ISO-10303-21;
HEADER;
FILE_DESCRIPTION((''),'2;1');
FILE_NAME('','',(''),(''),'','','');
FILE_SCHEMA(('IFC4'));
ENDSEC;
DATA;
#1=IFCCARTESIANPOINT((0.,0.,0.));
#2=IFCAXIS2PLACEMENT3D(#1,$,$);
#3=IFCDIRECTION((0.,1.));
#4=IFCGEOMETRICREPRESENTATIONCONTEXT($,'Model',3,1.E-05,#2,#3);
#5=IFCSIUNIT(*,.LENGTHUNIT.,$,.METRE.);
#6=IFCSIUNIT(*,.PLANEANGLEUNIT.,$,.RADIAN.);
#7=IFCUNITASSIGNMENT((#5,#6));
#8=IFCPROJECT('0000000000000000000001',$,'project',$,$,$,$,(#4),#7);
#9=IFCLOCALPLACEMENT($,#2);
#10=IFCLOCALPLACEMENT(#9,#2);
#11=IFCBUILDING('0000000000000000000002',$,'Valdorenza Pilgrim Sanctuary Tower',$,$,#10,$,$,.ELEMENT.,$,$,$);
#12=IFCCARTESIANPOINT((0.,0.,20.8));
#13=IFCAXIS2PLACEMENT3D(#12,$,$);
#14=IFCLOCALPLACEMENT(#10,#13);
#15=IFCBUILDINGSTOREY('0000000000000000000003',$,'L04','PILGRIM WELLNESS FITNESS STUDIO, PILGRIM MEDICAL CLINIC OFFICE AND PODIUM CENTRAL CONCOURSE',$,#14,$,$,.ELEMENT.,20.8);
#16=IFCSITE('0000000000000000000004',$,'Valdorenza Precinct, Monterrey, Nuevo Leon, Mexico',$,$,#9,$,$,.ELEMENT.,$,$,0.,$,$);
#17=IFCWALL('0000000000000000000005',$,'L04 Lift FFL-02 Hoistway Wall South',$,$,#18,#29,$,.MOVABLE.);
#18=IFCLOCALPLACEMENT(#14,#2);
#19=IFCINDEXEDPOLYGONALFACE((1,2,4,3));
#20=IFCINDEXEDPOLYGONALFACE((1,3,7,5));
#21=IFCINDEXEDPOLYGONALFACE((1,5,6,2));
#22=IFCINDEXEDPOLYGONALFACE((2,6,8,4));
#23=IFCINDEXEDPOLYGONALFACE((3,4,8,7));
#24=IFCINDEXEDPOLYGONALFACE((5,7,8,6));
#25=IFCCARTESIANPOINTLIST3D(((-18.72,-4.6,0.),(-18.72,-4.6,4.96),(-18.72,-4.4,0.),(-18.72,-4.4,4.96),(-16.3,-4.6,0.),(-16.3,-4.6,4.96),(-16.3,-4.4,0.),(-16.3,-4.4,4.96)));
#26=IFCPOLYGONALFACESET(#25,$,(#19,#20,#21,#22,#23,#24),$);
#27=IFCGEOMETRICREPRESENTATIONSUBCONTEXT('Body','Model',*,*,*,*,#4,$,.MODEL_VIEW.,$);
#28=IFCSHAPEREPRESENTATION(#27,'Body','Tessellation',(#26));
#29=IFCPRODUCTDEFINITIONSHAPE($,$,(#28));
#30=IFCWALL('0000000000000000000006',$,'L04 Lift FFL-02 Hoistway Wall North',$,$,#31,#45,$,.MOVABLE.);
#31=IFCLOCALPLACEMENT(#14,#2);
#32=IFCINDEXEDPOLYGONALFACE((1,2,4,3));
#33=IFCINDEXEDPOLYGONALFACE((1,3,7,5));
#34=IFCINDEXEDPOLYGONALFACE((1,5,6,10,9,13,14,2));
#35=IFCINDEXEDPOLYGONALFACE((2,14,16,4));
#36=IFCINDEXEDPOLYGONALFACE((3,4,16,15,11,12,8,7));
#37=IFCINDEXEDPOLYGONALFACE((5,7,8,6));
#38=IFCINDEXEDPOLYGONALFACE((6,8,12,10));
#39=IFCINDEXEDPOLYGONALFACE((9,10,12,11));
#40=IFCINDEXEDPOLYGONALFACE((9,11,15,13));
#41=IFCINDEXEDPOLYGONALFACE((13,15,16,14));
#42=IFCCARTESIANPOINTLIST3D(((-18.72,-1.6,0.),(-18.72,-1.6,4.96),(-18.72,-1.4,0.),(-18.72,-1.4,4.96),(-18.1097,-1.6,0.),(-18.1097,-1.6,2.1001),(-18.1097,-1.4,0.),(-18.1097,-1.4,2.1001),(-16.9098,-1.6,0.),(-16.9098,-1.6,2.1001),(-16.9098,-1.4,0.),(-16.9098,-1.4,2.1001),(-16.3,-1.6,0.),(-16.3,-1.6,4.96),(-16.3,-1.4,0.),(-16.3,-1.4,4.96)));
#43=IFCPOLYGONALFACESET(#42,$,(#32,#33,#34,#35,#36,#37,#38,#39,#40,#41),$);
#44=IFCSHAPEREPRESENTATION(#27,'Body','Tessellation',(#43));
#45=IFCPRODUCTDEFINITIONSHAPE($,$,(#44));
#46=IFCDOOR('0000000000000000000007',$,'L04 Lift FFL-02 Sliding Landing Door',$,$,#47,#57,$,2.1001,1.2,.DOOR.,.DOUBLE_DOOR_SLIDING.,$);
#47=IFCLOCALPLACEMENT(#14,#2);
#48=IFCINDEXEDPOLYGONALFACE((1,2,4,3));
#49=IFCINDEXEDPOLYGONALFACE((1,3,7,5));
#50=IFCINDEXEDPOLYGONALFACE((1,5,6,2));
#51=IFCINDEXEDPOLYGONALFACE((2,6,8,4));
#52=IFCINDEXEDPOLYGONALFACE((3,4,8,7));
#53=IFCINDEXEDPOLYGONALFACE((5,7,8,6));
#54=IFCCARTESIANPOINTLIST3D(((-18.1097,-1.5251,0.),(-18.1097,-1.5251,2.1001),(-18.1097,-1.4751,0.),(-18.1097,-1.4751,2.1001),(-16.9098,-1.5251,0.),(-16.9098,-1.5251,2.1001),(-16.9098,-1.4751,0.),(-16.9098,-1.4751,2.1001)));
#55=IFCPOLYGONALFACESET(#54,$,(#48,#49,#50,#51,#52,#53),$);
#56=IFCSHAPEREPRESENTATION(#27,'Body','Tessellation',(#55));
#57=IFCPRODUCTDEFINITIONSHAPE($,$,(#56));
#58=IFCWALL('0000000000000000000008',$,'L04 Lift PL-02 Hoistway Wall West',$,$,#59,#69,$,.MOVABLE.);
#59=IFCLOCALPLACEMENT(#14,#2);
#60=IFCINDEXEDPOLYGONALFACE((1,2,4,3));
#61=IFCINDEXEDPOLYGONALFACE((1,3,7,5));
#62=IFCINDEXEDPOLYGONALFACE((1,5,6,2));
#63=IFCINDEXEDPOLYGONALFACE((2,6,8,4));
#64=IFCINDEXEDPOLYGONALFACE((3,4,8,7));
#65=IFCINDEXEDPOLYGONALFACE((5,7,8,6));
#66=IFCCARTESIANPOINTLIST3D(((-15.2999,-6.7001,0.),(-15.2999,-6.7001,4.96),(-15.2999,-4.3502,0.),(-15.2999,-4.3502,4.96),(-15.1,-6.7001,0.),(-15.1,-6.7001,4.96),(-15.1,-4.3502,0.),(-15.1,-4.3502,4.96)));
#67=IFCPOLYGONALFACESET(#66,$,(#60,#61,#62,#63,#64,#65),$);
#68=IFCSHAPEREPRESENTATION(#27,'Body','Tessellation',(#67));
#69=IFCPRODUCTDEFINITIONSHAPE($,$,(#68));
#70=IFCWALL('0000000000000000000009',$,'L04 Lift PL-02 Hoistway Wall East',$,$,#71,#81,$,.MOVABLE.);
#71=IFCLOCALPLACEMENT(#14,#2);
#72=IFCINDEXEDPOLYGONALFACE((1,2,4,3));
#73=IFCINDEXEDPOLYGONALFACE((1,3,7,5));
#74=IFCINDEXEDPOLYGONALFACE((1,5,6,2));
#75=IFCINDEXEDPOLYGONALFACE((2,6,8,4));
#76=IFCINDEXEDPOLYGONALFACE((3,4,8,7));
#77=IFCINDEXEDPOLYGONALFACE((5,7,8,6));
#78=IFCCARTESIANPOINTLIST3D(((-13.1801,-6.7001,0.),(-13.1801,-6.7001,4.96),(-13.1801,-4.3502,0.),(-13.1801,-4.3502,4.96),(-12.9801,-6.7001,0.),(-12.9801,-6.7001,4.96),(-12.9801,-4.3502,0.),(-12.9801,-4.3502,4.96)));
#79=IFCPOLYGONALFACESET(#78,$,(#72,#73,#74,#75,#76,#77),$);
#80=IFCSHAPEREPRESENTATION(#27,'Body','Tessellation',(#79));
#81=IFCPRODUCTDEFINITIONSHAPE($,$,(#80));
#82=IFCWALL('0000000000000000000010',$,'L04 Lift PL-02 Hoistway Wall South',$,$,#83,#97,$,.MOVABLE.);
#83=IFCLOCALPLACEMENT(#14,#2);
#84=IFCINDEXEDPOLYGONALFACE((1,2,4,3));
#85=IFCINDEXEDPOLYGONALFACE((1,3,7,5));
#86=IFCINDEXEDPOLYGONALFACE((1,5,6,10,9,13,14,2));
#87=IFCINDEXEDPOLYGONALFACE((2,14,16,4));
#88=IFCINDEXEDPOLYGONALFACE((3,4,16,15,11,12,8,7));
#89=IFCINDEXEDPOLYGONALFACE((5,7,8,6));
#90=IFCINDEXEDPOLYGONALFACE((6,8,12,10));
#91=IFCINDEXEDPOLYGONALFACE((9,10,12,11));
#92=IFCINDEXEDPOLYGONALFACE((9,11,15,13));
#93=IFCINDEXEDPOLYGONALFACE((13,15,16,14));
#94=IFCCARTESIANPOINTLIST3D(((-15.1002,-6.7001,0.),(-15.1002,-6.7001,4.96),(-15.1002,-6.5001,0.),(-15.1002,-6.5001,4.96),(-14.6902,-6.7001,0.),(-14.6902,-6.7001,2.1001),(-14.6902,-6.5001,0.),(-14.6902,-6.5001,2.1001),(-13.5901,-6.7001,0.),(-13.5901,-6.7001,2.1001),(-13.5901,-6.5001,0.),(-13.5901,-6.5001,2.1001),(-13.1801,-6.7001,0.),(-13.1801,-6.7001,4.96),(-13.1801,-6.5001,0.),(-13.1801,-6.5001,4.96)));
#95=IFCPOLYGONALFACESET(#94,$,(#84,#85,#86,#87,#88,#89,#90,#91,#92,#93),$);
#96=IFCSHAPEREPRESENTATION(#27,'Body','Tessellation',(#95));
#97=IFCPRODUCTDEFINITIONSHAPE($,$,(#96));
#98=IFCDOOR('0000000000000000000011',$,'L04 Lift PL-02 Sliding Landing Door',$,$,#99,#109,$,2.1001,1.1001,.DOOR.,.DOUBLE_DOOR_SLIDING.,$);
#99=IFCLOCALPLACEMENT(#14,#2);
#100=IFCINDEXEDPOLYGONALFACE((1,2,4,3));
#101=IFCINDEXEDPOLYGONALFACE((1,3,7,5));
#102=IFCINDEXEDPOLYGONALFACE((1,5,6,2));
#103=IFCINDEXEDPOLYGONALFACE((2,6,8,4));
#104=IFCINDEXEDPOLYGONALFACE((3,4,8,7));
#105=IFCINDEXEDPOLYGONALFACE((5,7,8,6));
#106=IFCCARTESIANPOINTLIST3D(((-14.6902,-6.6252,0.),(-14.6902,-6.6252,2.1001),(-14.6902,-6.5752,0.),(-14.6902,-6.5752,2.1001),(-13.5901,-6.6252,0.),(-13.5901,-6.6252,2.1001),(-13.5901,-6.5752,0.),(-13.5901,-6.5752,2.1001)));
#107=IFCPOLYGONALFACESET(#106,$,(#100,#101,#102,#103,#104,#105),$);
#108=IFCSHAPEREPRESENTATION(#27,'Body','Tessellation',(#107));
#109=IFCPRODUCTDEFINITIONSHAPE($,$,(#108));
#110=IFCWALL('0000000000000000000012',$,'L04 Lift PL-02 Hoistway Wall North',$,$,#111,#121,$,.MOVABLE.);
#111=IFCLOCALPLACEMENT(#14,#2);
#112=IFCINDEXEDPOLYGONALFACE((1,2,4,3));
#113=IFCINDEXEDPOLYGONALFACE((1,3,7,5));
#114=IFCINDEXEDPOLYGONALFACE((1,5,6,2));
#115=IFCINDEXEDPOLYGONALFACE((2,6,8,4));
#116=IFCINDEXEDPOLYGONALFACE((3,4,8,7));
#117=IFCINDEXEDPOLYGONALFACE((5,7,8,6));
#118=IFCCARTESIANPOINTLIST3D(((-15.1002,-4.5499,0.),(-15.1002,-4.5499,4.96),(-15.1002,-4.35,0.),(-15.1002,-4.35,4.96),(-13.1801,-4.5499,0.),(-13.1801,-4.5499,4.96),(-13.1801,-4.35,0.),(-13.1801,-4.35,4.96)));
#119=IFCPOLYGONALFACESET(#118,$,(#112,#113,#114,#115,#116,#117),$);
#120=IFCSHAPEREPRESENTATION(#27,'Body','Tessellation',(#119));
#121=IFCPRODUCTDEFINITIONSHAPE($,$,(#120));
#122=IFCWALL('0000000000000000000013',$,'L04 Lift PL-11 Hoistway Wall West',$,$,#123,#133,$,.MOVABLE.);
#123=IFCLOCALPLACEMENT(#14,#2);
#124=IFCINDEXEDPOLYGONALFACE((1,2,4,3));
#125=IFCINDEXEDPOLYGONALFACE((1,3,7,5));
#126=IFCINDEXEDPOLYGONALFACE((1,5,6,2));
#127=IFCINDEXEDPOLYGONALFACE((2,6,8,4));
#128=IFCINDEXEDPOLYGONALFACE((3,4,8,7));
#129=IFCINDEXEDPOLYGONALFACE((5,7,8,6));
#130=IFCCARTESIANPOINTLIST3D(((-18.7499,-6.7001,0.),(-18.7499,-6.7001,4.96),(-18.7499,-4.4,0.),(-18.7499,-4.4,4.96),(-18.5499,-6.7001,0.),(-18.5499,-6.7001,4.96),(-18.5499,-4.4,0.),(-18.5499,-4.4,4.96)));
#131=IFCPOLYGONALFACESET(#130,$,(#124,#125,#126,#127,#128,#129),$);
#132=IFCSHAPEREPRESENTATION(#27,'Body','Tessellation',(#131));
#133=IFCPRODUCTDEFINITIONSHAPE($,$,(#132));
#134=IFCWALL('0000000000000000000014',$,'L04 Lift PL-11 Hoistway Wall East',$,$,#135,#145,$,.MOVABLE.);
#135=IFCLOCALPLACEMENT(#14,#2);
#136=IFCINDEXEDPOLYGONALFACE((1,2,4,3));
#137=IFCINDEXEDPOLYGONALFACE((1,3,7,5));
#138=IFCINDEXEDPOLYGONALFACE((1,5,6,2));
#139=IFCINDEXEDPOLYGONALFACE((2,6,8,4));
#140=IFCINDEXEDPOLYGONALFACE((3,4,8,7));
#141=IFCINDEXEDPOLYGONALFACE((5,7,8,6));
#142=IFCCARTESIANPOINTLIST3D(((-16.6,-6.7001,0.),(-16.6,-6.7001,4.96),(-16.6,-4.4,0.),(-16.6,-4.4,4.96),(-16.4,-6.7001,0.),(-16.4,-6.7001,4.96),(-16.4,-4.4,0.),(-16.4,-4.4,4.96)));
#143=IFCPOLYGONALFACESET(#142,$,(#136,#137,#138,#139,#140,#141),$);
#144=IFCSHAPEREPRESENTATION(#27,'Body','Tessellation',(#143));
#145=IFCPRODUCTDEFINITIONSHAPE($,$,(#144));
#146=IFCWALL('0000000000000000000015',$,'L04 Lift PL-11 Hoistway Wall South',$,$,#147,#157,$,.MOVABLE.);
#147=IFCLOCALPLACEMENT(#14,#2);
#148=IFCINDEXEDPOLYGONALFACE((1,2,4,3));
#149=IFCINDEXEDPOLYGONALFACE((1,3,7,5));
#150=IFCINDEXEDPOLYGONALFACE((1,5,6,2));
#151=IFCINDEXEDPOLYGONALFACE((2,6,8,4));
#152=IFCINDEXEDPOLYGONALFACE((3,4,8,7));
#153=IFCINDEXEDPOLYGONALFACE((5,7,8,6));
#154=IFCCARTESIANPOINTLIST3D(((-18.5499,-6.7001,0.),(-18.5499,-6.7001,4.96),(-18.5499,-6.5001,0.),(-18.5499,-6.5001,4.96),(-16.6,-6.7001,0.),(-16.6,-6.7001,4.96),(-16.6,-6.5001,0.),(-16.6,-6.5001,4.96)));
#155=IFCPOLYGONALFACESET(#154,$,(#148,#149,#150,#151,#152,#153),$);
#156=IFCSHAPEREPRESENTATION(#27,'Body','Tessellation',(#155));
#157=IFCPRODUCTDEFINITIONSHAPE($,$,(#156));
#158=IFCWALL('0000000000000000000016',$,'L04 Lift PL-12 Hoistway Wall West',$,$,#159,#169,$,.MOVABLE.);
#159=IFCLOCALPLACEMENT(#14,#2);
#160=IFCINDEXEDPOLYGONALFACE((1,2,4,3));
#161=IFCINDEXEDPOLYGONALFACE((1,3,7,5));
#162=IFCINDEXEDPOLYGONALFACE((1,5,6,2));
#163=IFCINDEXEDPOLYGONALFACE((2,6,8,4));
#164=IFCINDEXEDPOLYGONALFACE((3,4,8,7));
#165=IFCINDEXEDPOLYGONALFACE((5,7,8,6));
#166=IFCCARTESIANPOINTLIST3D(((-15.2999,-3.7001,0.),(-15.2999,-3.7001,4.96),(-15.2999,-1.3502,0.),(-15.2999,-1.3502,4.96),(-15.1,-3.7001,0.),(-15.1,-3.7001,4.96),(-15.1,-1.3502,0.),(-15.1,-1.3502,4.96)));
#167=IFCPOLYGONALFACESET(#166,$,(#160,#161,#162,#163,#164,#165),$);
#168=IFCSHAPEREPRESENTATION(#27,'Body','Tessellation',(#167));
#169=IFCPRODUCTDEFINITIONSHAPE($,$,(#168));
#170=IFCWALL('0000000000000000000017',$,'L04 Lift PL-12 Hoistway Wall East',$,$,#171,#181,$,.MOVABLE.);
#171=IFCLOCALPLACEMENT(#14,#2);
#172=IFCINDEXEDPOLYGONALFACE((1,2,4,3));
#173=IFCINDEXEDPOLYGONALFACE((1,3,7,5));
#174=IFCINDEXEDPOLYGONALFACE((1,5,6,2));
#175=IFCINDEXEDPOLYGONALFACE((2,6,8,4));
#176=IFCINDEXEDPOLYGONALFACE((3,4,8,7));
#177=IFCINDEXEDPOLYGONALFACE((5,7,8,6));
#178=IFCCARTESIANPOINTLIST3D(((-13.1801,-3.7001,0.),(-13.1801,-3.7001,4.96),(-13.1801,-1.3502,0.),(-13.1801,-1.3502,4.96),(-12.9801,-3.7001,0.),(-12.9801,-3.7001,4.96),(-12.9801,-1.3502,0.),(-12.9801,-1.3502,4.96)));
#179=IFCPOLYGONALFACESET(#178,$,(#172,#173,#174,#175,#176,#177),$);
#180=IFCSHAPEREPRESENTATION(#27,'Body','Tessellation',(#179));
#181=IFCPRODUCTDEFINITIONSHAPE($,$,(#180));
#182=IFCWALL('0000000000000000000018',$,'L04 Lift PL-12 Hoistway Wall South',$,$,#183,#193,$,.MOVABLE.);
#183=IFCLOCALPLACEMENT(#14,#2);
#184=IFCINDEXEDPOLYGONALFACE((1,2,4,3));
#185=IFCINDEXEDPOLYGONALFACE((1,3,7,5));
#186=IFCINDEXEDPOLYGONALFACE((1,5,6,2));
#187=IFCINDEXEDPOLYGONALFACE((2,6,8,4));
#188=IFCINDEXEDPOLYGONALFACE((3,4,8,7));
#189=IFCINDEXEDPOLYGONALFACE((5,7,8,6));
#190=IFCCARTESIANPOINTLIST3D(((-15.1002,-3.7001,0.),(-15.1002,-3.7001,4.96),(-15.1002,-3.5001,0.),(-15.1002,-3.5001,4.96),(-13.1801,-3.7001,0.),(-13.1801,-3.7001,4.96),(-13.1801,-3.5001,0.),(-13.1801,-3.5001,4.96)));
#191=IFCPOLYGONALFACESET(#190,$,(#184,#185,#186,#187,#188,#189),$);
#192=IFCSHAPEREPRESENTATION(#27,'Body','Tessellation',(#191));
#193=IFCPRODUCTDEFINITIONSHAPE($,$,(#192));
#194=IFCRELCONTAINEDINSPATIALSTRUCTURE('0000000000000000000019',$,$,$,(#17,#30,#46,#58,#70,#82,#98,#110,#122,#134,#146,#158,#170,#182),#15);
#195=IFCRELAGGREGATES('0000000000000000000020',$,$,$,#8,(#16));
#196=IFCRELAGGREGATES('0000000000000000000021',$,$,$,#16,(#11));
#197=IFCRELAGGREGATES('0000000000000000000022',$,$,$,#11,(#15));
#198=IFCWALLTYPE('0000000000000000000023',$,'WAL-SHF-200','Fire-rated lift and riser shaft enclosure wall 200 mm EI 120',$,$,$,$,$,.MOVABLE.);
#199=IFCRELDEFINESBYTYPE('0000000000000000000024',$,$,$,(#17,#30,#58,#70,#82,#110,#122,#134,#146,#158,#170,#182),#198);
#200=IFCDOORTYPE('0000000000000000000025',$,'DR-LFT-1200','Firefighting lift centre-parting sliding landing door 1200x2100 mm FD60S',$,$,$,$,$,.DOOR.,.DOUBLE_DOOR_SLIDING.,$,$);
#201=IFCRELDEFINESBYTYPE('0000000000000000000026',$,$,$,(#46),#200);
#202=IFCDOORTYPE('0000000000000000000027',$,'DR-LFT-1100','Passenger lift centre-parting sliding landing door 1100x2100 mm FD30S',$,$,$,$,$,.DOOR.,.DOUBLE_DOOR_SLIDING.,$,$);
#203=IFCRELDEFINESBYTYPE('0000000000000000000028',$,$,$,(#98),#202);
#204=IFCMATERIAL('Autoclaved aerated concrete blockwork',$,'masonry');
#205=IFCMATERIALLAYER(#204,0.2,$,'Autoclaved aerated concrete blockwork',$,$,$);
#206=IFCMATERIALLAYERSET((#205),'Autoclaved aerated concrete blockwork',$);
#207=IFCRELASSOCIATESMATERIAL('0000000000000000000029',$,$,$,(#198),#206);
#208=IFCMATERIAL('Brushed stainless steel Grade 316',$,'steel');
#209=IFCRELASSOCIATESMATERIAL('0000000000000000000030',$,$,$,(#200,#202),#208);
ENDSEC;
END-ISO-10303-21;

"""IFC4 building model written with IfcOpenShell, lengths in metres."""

from ifc_helpers import new_model, si_unit, direction, frame, frame_2d, origin, place, context, subcontext, project, spatial, rectangle, extrude, material, layer, layer_set, type_object, element, fill, save


model = new_model("IFC4")

# Units and contexts
model_context = context("Model", 3, precision=1e-05, world=origin(), true_north=direction((0.0, 1.0)))
body_context = subcontext(model_context, "Body", "Model", "MODEL_VIEW")
ifc_project = project(units=[si_unit("LENGTHUNIT", "METRE"), si_unit("PLANEANGLEUNIT", "RADIAN")], contexts=[model_context])

# Site, building, storey
site_placement = place(None, origin())
site = spatial("IfcSite", under=ifc_project, at=site_placement, Name="Valdorenza Precinct, Monterrey, Nuevo Leon, Mexico", CompositionType="ELEMENT", RefElevation=0.0)
building_placement = place(site_placement, origin())
building = spatial("IfcBuilding", under=site, at=building_placement, Name="Valdorenza Pilgrim Sanctuary Tower", CompositionType="ELEMENT")
storey_placement = place(building_placement, frame((0.0, 0.0, 20.8)))
storey = spatial("IfcBuildingStorey", under=building, at=storey_placement, Name="L04", Description="PILGRIM WELLNESS FITNESS STUDIO, PILGRIM MEDICAL CLINIC OFFICE AND PODIUM CENTRAL CONCOURSE", CompositionType="ELEMENT", Elevation=20.8)

# Wall
ifc_material_1 = material(Name="Autoclaved aerated concrete blockwork", Category="masonry")
ifc_layer_1 = layer(ifc_material_1, 0.2, Name="Autoclaved aerated concrete blockwork")
ifc_layer_set_1 = layer_set([ifc_layer_1], Name="Autoclaved aerated concrete blockwork")
wall_type_1 = type_object("IfcWallType", Name="WAL-SHF-200", Description="Fire-rated lift and riser shaft enclosure wall 200 mm EI 120", PredefinedType="MOVABLE", material=ifc_layer_set_1)
wall_1_placement = place(storey_placement, frame((-18.72, -4.5, 0.0), z_axis=(0.0, 0.0, 1.0), x_axis=(1.0, 0.0, 0.0)))
element("IfcWall", 1, at=wall_1_placement, inside=storey, type_object=wall_type_1, Name="L04 Lift FFL-02 Hoistway Wall South", PredefinedType="MOVABLE", context=body_context, shape_type="SweptSolid", body=[
    extrude(rectangle(XDim=2.4199, YDim=0.2, at=frame_2d((1.21, 0.0))), origin(), (0.0, 0.0, 1.0), 4.96),
])

# Wall, opening, door
wall_2_placement = place(storey_placement, frame((-18.72, -1.5, 0.0), z_axis=(0.0, 0.0, 1.0), x_axis=(1.0, 0.0, 0.0)))
wall_2 = element("IfcWall", 2, at=wall_2_placement, inside=storey, type_object=wall_type_1, Name="L04 Lift FFL-02 Hoistway Wall North", PredefinedType="MOVABLE", context=body_context, shape_type="SweptSolid", body=[
    extrude(rectangle(XDim=2.4199, YDim=0.2, at=frame_2d((1.21, 0.0))), origin(), (0.0, 0.0, 1.0), 4.96),
])
opening_1_placement = place(wall_2_placement, frame((0.6101, 0.0, 0.0)))
opening_1 = element("IfcOpeningElement", 3, at=opening_1_placement, cuts=wall_2, PredefinedType="OPENING", context=body_context, shape_type="SweptSolid", body=[
    extrude(rectangle(XDim=1.2, YDim=2.1001, at=frame_2d((0.6001, 1.05))), frame((0.0, 0.1147, 0.0), z_axis=(0.0, -1.0, 0.0), x_axis=(1.0, 0.0, 0.0)), (0.0, 0.0, 1.0), 0.2297),
])
ifc_material_2 = material(Name="Brushed stainless steel Grade 316", Category="steel")
door_type_1 = type_object("IfcDoorType", Name="DR-LFT-1200", Description="Firefighting lift centre-parting sliding landing door 1200x2100 mm FD60S", OperationType="DOUBLE_DOOR_SLIDING", PredefinedType="DOOR", material=ifc_material_2)
door_1_placement = place(opening_1_placement, origin())
door_1 = element("IfcDoor", 4, at=door_1_placement, inside=storey, type_object=door_type_1, Name="L04 Lift FFL-02 Sliding Landing Door", OperationType="DOUBLE_DOOR_SLIDING", OverallHeight=2.1001, OverallWidth=1.2, PredefinedType="DOOR", context=body_context, shape_type="SweptSolid", body=[
    extrude(rectangle(XDim=1.2, YDim=2.1001, at=frame_2d((0.6001, 1.05))), frame((0.0, 0.0249, 0.0), z_axis=(0.0, -1.0, 0.0), x_axis=(1.0, 0.0, 0.0)), (0.0, 0.0, 1.0), 0.05),
])
fill(opening_1, door_1)

# Walls
for number, where, z_axis, x_axis, name in (
    (5, (-15.2, -6.7, 0.0), (0.0, 0.0, 1.0), (0.0, 1.0, 0.0), "L04 Lift PL-02 Hoistway Wall West"),
    (6, (-13.0801, -6.7, 0.0), (0.0, 0.0, 1.0), (0.0, 1.0, 0.0), "L04 Lift PL-02 Hoistway Wall East"),
):
    element("IfcWall", number, at=place(storey_placement, frame(where, z_axis=z_axis, x_axis=x_axis)), inside=storey, type_object=wall_type_1, Name=name, PredefinedType="MOVABLE", context=body_context, shape_type="SweptSolid", body=[
        extrude(rectangle(XDim=2.3499, YDim=0.2, at=frame_2d((1.1748, 0.0))), origin(), (0.0, 0.0, 1.0), 4.96),
    ])

# Wall, opening, door
wall_3_placement = place(storey_placement, frame((-15.1001, -6.6001, 0.0), z_axis=(0.0, 0.0, 1.0), x_axis=(1.0, 0.0, 0.0)))
wall_3 = element("IfcWall", 7, at=wall_3_placement, inside=storey, type_object=wall_type_1, Name="L04 Lift PL-02 Hoistway Wall South", PredefinedType="MOVABLE", context=body_context, shape_type="SweptSolid", body=[
    extrude(rectangle(XDim=1.9202, YDim=0.2, at=frame_2d((0.96, 0.0))), origin(), (0.0, 0.0, 1.0), 4.96),
])
opening_2_placement = place(wall_3_placement, frame((0.4099, 0.0, 0.0)))
opening_2 = element("IfcOpeningElement", 8, at=opening_2_placement, cuts=wall_3, PredefinedType="OPENING", context=body_context, shape_type="SweptSolid", body=[
    extrude(rectangle(XDim=1.1001, YDim=2.1001, at=frame_2d((0.55, 1.05))), frame((0.0, 0.1147, 0.0), z_axis=(0.0, -1.0, 0.0), x_axis=(1.0, 0.0, 0.0)), (0.0, 0.0, 1.0), 0.2297),
])
door_type_2 = type_object("IfcDoorType", Name="DR-LFT-1100", Description="Passenger lift centre-parting sliding landing door 1100x2100 mm FD30S", OperationType="DOUBLE_DOOR_SLIDING", PredefinedType="DOOR", material=ifc_material_2)
door_2_placement = place(opening_2_placement, origin())
door_2 = element("IfcDoor", 9, at=door_2_placement, inside=storey, type_object=door_type_2, Name="L04 Lift PL-02 Sliding Landing Door", OperationType="DOUBLE_DOOR_SLIDING", OverallHeight=2.1001, OverallWidth=1.1001, PredefinedType="DOOR", context=body_context, shape_type="SweptSolid", body=[
    extrude(rectangle(XDim=1.1001, YDim=2.1001, at=frame_2d((0.55, 1.05))), frame((0.0, 0.0249, 0.0), z_axis=(0.0, -1.0, 0.0), x_axis=(1.0, 0.0, 0.0)), (0.0, 0.0, 1.0), 0.05),
])
fill(opening_2, door_2)

# Walls
wall_4_placement = place(storey_placement, frame((-15.1001, -4.45, 0.0), z_axis=(0.0, 0.0, 1.0), x_axis=(1.0, 0.0, 0.0)))
element("IfcWall", 10, at=wall_4_placement, inside=storey, type_object=wall_type_1, Name="L04 Lift PL-02 Hoistway Wall North", PredefinedType="MOVABLE", context=body_context, shape_type="SweptSolid", body=[
    extrude(rectangle(XDim=1.9202, YDim=0.2, at=frame_2d((0.96, 0.0))), origin(), (0.0, 0.0, 1.0), 4.96),
])
for number, where, z_axis, x_axis, name in (
    (11, (-18.6499, -6.7, 0.0), (0.0, 0.0, 1.0), (0.0, 1.0, 0.0), "L04 Lift PL-11 Hoistway Wall West"),
    (12, (-16.5, -6.7, 0.0), (0.0, 0.0, 1.0), (0.0, 1.0, 0.0), "L04 Lift PL-11 Hoistway Wall East"),
):
    element("IfcWall", number, at=place(storey_placement, frame(where, z_axis=z_axis, x_axis=x_axis)), inside=storey, type_object=wall_type_1, Name=name, PredefinedType="MOVABLE", context=body_context, shape_type="SweptSolid", body=[
        extrude(rectangle(XDim=2.3, YDim=0.2, at=frame_2d((1.1499, 0.0))), origin(), (0.0, 0.0, 1.0), 4.96),
    ])
wall_5_placement = place(storey_placement, frame((-18.55, -6.6001, 0.0), z_axis=(0.0, 0.0, 1.0), x_axis=(1.0, 0.0, 0.0)))
element("IfcWall", 13, at=wall_5_placement, inside=storey, type_object=wall_type_1, Name="L04 Lift PL-11 Hoistway Wall South", PredefinedType="MOVABLE", context=body_context, shape_type="SweptSolid", body=[
    extrude(rectangle(XDim=1.95, YDim=0.2, at=frame_2d((0.9751, 0.0))), origin(), (0.0, 0.0, 1.0), 4.96),
])
for number, where, z_axis, x_axis, name in (
    (14, (-15.2, -3.7, 0.0), (0.0, 0.0, 1.0), (0.0, 1.0, 0.0), "L04 Lift PL-12 Hoistway Wall West"),
    (15, (-13.0801, -3.7, 0.0), (0.0, 0.0, 1.0), (0.0, 1.0, 0.0), "L04 Lift PL-12 Hoistway Wall East"),
):
    element("IfcWall", number, at=place(storey_placement, frame(where, z_axis=z_axis, x_axis=x_axis)), inside=storey, type_object=wall_type_1, Name=name, PredefinedType="MOVABLE", context=body_context, shape_type="SweptSolid", body=[
        extrude(rectangle(XDim=2.3499, YDim=0.2, at=frame_2d((1.1748, 0.0))), origin(), (0.0, 0.0, 1.0), 4.96),
    ])
for number, where, z_axis, x_axis, name in (
    (16, (-15.1001, -3.6001, 0.0), (0.0, 0.0, 1.0), (1.0, 0.0, 0.0), "L04 Lift PL-12 Hoistway Wall South"),
):
    element("IfcWall", number, at=place(storey_placement, frame(where, z_axis=z_axis, x_axis=x_axis)), inside=storey, type_object=wall_type_1, Name=name, PredefinedType="MOVABLE", context=body_context, shape_type="SweptSolid", body=[
        extrude(rectangle(XDim=1.9202, YDim=0.2, at=frame_2d((0.96, 0.0))), origin(), (0.0, 0.0, 1.0), 4.96),
    ])

save(model, "model.ifc")
